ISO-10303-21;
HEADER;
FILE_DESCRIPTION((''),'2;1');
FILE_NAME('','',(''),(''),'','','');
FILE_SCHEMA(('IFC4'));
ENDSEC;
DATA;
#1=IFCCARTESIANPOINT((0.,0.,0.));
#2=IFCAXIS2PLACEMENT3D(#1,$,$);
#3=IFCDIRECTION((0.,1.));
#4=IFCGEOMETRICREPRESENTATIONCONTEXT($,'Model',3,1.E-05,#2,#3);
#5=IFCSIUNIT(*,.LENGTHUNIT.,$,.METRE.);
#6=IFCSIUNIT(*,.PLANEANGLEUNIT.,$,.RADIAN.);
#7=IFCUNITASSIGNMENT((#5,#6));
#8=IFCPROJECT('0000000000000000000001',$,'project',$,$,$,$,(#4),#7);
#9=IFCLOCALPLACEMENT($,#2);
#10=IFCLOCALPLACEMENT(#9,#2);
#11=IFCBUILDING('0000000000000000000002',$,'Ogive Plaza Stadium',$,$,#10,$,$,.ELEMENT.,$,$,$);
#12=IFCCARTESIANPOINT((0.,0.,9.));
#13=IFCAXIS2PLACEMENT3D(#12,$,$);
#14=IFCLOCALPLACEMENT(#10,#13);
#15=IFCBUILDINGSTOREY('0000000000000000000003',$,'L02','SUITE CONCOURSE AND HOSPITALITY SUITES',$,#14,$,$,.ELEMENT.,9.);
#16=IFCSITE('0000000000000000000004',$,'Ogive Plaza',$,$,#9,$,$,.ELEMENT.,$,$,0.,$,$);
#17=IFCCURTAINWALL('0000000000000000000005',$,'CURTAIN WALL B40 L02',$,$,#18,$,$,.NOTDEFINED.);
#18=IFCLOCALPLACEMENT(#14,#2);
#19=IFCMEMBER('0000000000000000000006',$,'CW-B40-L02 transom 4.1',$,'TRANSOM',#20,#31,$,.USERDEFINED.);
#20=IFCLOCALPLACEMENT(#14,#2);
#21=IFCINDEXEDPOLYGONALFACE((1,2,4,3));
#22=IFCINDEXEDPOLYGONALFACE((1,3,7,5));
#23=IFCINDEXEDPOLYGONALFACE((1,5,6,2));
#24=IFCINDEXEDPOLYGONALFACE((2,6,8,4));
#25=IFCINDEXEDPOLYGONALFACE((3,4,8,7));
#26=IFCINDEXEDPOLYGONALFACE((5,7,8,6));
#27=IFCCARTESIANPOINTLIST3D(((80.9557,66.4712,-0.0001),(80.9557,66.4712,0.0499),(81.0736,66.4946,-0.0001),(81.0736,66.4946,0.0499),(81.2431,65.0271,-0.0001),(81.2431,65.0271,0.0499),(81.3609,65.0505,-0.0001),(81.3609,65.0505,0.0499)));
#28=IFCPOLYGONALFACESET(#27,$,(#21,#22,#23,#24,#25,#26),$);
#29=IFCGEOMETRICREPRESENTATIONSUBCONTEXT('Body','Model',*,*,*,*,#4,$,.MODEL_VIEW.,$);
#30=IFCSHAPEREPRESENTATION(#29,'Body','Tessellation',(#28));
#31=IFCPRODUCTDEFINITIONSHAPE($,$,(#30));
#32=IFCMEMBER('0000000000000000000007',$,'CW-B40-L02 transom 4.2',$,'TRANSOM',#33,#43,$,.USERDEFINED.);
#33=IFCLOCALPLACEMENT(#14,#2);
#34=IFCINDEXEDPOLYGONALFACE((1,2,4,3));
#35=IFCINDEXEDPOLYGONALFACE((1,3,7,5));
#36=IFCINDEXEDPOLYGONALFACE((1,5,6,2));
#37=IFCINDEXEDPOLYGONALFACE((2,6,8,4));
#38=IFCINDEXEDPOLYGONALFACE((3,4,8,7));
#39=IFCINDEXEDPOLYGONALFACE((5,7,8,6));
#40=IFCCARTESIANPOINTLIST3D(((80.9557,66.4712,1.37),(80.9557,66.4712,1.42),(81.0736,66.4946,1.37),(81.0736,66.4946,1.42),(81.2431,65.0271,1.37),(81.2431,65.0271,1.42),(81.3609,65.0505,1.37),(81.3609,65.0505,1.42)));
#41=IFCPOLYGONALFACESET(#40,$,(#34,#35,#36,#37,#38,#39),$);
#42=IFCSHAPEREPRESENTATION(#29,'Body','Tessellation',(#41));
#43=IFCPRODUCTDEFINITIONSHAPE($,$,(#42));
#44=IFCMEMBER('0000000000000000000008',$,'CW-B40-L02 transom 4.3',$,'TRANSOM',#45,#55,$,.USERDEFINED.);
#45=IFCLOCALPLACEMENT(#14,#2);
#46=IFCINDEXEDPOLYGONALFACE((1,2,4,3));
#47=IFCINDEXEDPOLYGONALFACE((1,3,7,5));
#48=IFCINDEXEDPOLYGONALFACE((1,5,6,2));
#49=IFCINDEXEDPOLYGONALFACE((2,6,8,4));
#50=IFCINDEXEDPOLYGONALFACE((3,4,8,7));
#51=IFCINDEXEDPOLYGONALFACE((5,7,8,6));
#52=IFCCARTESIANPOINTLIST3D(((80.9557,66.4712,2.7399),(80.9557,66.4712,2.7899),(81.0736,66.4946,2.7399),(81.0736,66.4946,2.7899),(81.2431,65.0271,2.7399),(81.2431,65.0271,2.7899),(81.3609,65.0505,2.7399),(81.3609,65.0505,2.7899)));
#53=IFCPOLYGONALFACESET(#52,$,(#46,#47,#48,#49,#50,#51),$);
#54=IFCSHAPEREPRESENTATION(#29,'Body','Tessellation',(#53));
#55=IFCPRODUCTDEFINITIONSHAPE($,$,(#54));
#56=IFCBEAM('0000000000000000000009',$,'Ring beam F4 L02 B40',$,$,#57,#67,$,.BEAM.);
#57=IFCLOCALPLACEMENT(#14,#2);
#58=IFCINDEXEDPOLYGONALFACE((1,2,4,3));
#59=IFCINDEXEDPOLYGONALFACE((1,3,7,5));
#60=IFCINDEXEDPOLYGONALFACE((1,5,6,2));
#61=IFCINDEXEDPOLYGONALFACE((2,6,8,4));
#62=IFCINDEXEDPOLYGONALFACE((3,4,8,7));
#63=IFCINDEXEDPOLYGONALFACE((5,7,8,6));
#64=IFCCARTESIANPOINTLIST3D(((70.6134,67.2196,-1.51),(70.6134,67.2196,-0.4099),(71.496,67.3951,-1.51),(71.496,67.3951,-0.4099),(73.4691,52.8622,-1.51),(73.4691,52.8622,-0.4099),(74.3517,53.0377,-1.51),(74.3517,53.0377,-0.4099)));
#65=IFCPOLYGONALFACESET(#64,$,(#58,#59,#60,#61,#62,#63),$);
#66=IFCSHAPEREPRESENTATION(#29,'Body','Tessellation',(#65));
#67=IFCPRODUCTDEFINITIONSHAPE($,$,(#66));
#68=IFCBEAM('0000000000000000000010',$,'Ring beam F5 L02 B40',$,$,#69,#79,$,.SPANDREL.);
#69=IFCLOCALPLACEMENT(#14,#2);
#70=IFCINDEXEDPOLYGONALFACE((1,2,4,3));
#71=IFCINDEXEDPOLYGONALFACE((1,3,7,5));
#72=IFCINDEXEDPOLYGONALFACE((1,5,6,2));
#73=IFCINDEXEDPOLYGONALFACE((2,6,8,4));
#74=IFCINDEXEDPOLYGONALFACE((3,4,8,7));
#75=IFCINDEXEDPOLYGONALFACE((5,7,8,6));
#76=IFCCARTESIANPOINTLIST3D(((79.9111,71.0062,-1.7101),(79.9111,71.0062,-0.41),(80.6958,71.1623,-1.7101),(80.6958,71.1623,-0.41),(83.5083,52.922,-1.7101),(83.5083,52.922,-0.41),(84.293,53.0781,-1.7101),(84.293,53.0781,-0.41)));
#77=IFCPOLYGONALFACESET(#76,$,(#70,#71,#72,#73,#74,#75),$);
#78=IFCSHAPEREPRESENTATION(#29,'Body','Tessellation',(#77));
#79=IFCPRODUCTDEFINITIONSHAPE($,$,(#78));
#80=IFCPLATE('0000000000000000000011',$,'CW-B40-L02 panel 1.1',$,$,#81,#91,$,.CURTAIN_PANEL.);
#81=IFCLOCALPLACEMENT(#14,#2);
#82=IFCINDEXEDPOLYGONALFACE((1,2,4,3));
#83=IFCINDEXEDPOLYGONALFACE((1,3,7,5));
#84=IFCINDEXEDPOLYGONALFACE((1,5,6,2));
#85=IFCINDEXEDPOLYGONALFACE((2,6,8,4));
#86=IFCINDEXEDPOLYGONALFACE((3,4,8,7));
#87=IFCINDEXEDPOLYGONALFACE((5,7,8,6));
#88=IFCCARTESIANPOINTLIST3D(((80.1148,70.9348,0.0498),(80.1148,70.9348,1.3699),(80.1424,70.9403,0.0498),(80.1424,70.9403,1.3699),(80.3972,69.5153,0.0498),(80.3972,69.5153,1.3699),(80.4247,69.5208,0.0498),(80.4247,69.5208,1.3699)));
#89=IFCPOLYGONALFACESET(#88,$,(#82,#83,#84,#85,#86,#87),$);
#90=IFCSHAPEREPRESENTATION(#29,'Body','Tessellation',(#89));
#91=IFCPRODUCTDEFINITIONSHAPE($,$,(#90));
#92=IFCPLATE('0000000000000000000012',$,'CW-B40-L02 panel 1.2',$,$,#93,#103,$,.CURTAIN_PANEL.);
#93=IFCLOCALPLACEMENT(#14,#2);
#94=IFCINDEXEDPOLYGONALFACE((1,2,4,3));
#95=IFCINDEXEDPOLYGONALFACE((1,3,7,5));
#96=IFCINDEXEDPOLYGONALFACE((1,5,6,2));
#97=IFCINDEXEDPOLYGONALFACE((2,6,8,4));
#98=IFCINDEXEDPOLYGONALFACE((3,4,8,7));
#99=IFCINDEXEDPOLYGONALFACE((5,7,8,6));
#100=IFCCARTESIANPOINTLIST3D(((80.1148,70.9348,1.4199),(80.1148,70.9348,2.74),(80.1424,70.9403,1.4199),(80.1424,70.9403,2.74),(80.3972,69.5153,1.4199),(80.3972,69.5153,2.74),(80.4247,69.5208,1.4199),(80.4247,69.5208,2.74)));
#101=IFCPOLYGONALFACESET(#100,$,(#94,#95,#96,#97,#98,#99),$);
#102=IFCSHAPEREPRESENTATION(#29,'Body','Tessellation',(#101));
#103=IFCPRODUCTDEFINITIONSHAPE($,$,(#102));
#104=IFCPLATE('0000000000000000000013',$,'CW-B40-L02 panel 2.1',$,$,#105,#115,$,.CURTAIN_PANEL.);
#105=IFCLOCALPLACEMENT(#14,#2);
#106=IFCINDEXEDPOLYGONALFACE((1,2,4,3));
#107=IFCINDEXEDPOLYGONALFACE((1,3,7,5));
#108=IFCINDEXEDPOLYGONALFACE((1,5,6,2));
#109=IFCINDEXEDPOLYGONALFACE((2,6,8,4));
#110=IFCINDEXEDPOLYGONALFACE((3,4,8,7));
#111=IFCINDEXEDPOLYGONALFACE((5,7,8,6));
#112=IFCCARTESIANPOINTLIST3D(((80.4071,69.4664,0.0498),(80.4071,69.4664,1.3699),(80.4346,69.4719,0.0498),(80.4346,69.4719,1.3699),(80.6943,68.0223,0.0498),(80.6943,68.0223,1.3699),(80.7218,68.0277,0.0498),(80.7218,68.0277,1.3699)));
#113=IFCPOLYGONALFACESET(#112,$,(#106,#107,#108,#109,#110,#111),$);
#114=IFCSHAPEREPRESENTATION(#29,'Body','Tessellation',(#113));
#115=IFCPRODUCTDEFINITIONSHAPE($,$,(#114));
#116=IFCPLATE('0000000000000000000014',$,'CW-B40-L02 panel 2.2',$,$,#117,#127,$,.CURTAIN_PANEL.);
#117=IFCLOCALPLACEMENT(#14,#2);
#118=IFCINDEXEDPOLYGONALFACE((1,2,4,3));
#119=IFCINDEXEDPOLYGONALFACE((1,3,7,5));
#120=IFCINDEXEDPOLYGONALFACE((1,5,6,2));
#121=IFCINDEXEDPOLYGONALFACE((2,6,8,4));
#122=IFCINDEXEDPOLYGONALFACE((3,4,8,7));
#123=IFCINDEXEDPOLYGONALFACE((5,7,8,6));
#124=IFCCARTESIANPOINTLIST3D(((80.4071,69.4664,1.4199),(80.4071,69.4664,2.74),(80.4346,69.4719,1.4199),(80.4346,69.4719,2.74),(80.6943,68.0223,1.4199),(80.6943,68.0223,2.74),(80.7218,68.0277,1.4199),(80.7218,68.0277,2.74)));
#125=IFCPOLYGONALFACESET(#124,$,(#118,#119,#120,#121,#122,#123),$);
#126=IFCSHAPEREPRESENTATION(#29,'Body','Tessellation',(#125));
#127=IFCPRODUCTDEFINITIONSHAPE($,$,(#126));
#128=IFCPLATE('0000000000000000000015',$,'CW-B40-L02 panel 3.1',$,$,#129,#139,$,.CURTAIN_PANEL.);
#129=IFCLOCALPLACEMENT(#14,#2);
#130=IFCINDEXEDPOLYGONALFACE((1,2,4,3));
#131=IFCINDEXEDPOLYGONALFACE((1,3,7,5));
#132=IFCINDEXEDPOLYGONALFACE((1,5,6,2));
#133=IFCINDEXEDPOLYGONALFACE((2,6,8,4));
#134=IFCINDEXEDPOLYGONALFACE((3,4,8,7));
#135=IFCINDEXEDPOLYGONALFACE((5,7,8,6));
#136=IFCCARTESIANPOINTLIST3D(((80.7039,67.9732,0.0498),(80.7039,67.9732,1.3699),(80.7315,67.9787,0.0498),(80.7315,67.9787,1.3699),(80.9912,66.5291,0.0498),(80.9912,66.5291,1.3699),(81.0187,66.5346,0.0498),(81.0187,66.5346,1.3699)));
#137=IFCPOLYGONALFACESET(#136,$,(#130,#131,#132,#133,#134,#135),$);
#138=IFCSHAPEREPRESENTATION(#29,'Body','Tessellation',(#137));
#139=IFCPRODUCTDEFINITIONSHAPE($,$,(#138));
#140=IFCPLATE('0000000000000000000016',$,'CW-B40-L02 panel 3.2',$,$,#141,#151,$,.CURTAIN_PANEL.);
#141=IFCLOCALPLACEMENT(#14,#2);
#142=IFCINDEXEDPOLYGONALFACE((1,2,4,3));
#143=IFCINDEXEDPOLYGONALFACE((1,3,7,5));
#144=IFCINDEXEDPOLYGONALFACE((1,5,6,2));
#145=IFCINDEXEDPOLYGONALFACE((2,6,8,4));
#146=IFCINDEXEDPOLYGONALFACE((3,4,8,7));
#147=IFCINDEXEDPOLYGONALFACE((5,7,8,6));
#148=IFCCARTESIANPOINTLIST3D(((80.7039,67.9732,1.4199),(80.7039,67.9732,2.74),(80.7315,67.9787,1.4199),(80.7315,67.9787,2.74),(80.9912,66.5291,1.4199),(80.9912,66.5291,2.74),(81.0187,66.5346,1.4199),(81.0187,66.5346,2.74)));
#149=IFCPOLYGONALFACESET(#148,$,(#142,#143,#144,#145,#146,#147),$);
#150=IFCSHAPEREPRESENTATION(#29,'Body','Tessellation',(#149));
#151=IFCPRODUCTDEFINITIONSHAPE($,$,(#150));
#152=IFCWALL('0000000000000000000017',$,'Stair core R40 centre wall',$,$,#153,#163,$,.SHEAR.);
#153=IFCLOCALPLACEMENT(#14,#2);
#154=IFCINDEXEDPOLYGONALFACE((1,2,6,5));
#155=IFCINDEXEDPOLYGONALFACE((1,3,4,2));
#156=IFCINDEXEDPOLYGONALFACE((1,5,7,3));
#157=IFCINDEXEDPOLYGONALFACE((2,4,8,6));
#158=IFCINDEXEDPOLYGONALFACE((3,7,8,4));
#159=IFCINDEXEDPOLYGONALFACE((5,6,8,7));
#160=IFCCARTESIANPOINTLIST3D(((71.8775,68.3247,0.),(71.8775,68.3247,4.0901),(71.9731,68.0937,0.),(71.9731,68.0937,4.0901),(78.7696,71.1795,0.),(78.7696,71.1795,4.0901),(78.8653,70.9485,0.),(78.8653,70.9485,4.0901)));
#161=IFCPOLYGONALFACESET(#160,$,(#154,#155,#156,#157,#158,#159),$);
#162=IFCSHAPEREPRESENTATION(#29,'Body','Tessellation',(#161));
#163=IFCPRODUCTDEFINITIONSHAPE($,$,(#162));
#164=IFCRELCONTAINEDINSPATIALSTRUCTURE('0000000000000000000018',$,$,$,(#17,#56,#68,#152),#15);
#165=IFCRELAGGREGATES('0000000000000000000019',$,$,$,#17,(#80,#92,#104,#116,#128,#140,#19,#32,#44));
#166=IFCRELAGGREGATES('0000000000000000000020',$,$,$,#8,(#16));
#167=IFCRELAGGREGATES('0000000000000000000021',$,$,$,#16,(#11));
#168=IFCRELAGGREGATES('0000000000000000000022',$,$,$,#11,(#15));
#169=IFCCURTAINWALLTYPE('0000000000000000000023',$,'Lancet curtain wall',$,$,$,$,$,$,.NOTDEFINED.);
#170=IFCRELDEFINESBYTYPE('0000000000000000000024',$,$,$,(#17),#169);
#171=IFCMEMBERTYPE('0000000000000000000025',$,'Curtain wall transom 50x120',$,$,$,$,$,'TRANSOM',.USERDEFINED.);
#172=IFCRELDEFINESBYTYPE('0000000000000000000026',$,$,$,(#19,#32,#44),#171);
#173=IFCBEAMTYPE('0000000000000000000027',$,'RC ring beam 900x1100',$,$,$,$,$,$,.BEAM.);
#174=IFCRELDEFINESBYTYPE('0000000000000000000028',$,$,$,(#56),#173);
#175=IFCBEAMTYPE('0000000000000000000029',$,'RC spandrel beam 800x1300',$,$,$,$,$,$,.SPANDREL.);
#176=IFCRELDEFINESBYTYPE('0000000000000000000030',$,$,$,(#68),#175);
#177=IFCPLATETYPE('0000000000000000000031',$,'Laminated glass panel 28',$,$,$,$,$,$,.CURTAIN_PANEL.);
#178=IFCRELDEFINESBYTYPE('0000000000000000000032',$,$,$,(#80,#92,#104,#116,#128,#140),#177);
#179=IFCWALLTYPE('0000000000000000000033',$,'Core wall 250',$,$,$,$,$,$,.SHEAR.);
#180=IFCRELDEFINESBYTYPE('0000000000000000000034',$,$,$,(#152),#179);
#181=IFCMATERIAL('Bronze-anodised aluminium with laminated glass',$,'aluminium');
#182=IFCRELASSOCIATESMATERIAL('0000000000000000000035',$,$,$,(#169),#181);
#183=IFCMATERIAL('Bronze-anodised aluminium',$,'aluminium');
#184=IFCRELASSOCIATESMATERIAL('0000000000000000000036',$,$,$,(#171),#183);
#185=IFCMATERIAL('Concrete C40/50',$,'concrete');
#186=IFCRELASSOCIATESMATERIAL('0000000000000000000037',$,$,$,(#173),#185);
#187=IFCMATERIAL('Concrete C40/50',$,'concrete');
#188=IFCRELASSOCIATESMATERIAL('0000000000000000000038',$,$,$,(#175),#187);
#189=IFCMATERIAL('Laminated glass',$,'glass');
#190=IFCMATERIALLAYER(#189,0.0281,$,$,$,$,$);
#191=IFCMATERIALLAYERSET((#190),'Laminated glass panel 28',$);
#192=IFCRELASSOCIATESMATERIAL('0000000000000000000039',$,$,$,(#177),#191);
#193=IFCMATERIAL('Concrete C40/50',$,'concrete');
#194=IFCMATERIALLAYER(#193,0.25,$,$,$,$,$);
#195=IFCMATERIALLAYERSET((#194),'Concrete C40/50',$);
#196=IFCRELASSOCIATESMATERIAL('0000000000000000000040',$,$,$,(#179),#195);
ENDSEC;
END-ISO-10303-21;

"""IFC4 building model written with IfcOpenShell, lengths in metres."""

from ifc_helpers import new_model, si_unit, direction, frame, frame_2d, origin, origin_2d, place, context, subcontext, project, spatial, rectangle, extrude, material, layer, layer_set, material_profile, profile_set, type_object, element, aggregate, save


model = new_model("IFC4")

# Units and contexts
model_context = context("Model", 3, precision=1e-05, world=origin(), true_north=direction((0.0, 1.0)))
body_context = subcontext(model_context, "Body", "Model", "MODEL_VIEW")
ifc_project = project(units=[si_unit("LENGTHUNIT", "METRE"), si_unit("PLANEANGLEUNIT", "RADIAN")], contexts=[model_context])

# Site, building, storey
site_placement = place(None, origin())
site = spatial("IfcSite", under=ifc_project, at=site_placement, Name="Ogive Plaza", CompositionType="ELEMENT", RefElevation=0.0)
building_placement = place(site_placement, origin())
building = spatial("IfcBuilding", under=site, at=building_placement, Name="Ogive Plaza Stadium", CompositionType="ELEMENT")
storey_placement = place(building_placement, frame((0.0, 0.0, 9.0)))
storey = spatial("IfcBuildingStorey", under=building, at=storey_placement, Name="L02", Description="SUITE CONCOURSE AND HOSPITALITY SUITES", CompositionType="ELEMENT", Elevation=9.0)

# Curtain wall, members
ifc_material_1 = material(Name="Bronze-anodised aluminium with laminated glass", Category="aluminium")
curtain_wall_type = type_object("IfcCurtainWallType", Name="Lancet curtain wall", PredefinedType="NOTDEFINED", material=ifc_material_1)
curtain_wall_placement = place(storey_placement, origin())
curtain_wall = element("IfcCurtainWall", 1, at=curtain_wall_placement, inside=storey, type_object=curtain_wall_type, Name="CURTAIN WALL B40 L02", PredefinedType="NOTDEFINED")
ifc_material_2 = material(Name="Bronze-anodised aluminium", Category="aluminium")
ifc_material_profile_1 = material_profile(ifc_material_2, rectangle(XDim=0.1201, YDim=0.05, at=origin_2d()), Name="AL 120x50")
ifc_profile_set_1 = profile_set([ifc_material_profile_1], Name="Bronze-anodised aluminium")
member_type_1 = type_object("IfcMemberType", Name="Curtain wall transom 50x120", ElementType="TRANSOM", PredefinedType="USERDEFINED", material=ifc_profile_set_1)
member_1_placement = place(storey_placement, frame((81.0146, 66.4829, 0.0249), z_axis=(0.195159, -0.980772, 0.0), x_axis=(0.980772, 0.195159, 0.0)))
member_1 = element("IfcMember", 2, at=member_1_placement, type_object=member_type_1, Name="CW-B40-L02 transom 4.1", ObjectType="TRANSOM", PredefinedType="USERDEFINED", context=body_context, shape_type="SweptSolid", body=[
    extrude(rectangle(XDim=0.1201, YDim=0.05, at=origin_2d()), origin(), (0.0, 0.0, 1.0), 1.4724),
])
member_2_placement = place(storey_placement, frame((81.0146, 66.4829, 1.395), z_axis=(0.195159, -0.980772, 0.0), x_axis=(0.980772, 0.195159, 0.0)))
member_2 = element("IfcMember", 3, at=member_2_placement, type_object=member_type_1, Name="CW-B40-L02 transom 4.2", ObjectType="TRANSOM", PredefinedType="USERDEFINED", context=body_context, shape_type="SweptSolid", body=[
    extrude(rectangle(XDim=0.1201, YDim=0.05, at=origin_2d()), origin(), (0.0, 0.0, 1.0), 1.4724),
])
member_3_placement = place(storey_placement, frame((81.0146, 66.4829, 2.7649), z_axis=(0.195159, -0.980772, 0.0), x_axis=(0.980772, 0.195159, 0.0)))
member_3 = element("IfcMember", 4, at=member_3_placement, type_object=member_type_1, Name="CW-B40-L02 transom 4.3", ObjectType="TRANSOM", PredefinedType="USERDEFINED", context=body_context, shape_type="SweptSolid", body=[
    extrude(rectangle(XDim=0.1201, YDim=0.05, at=origin_2d()), origin(), (0.0, 0.0, 1.0), 1.4724),
])

# Beams
ifc_material_3 = material(Name="Concrete C40/50", Category="concrete")
ifc_material_profile_2 = material_profile(ifc_material_3, rectangle(XDim=0.8999, YDim=1.1001, at=origin_2d()), Name="RC 900x1100")
ifc_profile_set_2 = profile_set([ifc_material_profile_2], Name="Concrete C40/50")
beam_type_1 = type_object("IfcBeamType", Name="RC ring beam 900x1100", PredefinedType="BEAM", material=ifc_profile_set_2)
beam_1_placement = place(storey_placement, frame((71.0547, 67.3074, -0.96), z_axis=(0.19508, -0.980787, 0.0), x_axis=(0.980787, 0.19508, 0.0)))
element("IfcBeam", 5, at=beam_1_placement, inside=storey, type_object=beam_type_1, Name="Ring beam F4 L02 B40", PredefinedType="BEAM", context=body_context, shape_type="SweptSolid", body=[
    extrude(rectangle(XDim=0.8999, YDim=1.1001, at=origin_2d()), origin(), (0.0, 0.0, 1.0), 14.6387),
])
ifc_material_4 = material(Name="Concrete C40/50", Category="concrete")
ifc_material_profile_3 = material_profile(ifc_material_4, rectangle(XDim=0.8, YDim=1.3, at=origin_2d()), Name="RC 800x1300")
ifc_profile_set_3 = profile_set([ifc_material_profile_3], Name="Concrete C40/50")
beam_type_2 = type_object("IfcBeamType", Name="RC spandrel beam 800x1300", PredefinedType="SPANDREL", material=ifc_profile_set_3)
beam_2_placement = place(storey_placement, frame((80.3035, 71.0842, -1.0601), z_axis=(0.19509, -0.980785, 0.0), x_axis=(0.980785, 0.19509, 0.0)))
element("IfcBeam", 6, at=beam_2_placement, inside=storey, type_object=beam_type_2, Name="Ring beam F5 L02 B40", PredefinedType="SPANDREL", context=body_context, shape_type="SweptSolid", body=[
    extrude(rectangle(XDim=0.8, YDim=1.3, at=origin_2d()), origin(), (0.0, 0.0, 1.0), 18.4385),
])

# Plates
ifc_material_5 = material(Name="Laminated glass", Category="glass")
ifc_layer_1 = layer(ifc_material_5, 0.0281)
ifc_layer_set_1 = layer_set([ifc_layer_1], Name="Laminated glass panel 28")
plate_type = type_object("IfcPlateType", Name="Laminated glass panel 28", PredefinedType="CURTAIN_PANEL", material=ifc_layer_set_1)
plate_1_placement = place(storey_placement, frame((80.2698, 70.2278, 0.0498), z_axis=(0.0, 0.0, 1.0), x_axis=(0.19509, -0.980785, 0.0)))
plate_1 = element("IfcPlate", 7, at=plate_1_placement, type_object=plate_type, Name="CW-B40-L02 panel 1.1", PredefinedType="CURTAIN_PANEL", context=body_context, shape_type="SweptSolid", body=[
    extrude(rectangle(XDim=1.4473, YDim=0.0281, at=origin_2d()), origin(), (0.0, 0.0, 1.0), 1.3201),
])
plate_2_placement = place(storey_placement, frame((80.2698, 70.2278, 1.4199), z_axis=(0.0, 0.0, 1.0), x_axis=(0.19509, -0.980785, 0.0)))
plate_2 = element("IfcPlate", 8, at=plate_2_placement, type_object=plate_type, Name="CW-B40-L02 panel 1.2", PredefinedType="CURTAIN_PANEL", context=body_context, shape_type="SweptSolid", body=[
    extrude(rectangle(XDim=1.4473, YDim=0.0281, at=origin_2d()), origin(), (0.0, 0.0, 1.0), 1.3201),
])
plate_3_placement = place(storey_placement, frame((80.5645, 68.7471, 0.0498), z_axis=(0.0, 0.0, 1.0), x_axis=(0.19509, -0.980785, 0.0)))
plate_3 = element("IfcPlate", 9, at=plate_3_placement, type_object=plate_type, Name="CW-B40-L02 panel 2.1", PredefinedType="CURTAIN_PANEL", context=body_context, shape_type="SweptSolid", body=[
    extrude(rectangle(XDim=1.4724, YDim=0.0281, at=origin_2d()), origin(), (0.0, 0.0, 1.0), 1.3201),
])
plate_4_placement = place(storey_placement, frame((80.5645, 68.7471, 1.4199), z_axis=(0.0, 0.0, 1.0), x_axis=(0.19509, -0.980785, 0.0)))
plate_4 = element("IfcPlate", 10, at=plate_4_placement, type_object=plate_type, Name="CW-B40-L02 panel 2.2", PredefinedType="CURTAIN_PANEL", context=body_context, shape_type="SweptSolid", body=[
    extrude(rectangle(XDim=1.4724, YDim=0.0281, at=origin_2d()), origin(), (0.0, 0.0, 1.0), 1.3201),
])
plate_5_placement = place(storey_placement, frame((80.8613, 67.2539, 0.0498), z_axis=(0.0, 0.0, 1.0), x_axis=(0.19509, -0.980785, 0.0)))
plate_5 = element("IfcPlate", 11, at=plate_5_placement, type_object=plate_type, Name="CW-B40-L02 panel 3.1", PredefinedType="CURTAIN_PANEL", context=body_context, shape_type="SweptSolid", body=[
    extrude(rectangle(XDim=1.4724, YDim=0.0281, at=origin_2d()), origin(), (0.0, 0.0, 1.0), 1.3201),
])
plate_6_placement = place(storey_placement, frame((80.8613, 67.2539, 1.4199), z_axis=(0.0, 0.0, 1.0), x_axis=(0.19509, -0.980785, 0.0)))
plate_6 = element("IfcPlate", 12, at=plate_6_placement, type_object=plate_type, Name="CW-B40-L02 panel 3.2", PredefinedType="CURTAIN_PANEL", context=body_context, shape_type="SweptSolid", body=[
    extrude(rectangle(XDim=1.4724, YDim=0.0281, at=origin_2d()), origin(), (0.0, 0.0, 1.0), 1.3201),
])
aggregate(curtain_wall, [plate_1, plate_2, plate_3, plate_4, plate_5, plate_6, member_1, member_2, member_3])

# Wall
ifc_material_6 = material(Name="Concrete C40/50", Category="concrete")
ifc_layer_2 = layer(ifc_material_6, 0.25)
ifc_layer_set_2 = layer_set([ifc_layer_2], Name="Concrete C40/50")
wall_type = type_object("IfcWallType", Name="Core wall 250", PredefinedType="SHEAR", material=ifc_layer_set_2)
wall_placement = place(storey_placement, frame((71.9253, 68.2092, 0.0), z_axis=(0.0, 0.0, 1.0), x_axis=(0.923882, 0.382676, 0.0)))
element("IfcWall", 13, at=wall_placement, inside=storey, type_object=wall_type, Name="Stair core R40 centre wall", PredefinedType="SHEAR", context=body_context, shape_type="SweptSolid", body=[
    extrude(rectangle(XDim=7.46, YDim=0.25, at=frame_2d((3.73, 0.0))), origin(), (0.0, 0.0, 1.0), 4.0901),
])

save(model, "model.ifc")
